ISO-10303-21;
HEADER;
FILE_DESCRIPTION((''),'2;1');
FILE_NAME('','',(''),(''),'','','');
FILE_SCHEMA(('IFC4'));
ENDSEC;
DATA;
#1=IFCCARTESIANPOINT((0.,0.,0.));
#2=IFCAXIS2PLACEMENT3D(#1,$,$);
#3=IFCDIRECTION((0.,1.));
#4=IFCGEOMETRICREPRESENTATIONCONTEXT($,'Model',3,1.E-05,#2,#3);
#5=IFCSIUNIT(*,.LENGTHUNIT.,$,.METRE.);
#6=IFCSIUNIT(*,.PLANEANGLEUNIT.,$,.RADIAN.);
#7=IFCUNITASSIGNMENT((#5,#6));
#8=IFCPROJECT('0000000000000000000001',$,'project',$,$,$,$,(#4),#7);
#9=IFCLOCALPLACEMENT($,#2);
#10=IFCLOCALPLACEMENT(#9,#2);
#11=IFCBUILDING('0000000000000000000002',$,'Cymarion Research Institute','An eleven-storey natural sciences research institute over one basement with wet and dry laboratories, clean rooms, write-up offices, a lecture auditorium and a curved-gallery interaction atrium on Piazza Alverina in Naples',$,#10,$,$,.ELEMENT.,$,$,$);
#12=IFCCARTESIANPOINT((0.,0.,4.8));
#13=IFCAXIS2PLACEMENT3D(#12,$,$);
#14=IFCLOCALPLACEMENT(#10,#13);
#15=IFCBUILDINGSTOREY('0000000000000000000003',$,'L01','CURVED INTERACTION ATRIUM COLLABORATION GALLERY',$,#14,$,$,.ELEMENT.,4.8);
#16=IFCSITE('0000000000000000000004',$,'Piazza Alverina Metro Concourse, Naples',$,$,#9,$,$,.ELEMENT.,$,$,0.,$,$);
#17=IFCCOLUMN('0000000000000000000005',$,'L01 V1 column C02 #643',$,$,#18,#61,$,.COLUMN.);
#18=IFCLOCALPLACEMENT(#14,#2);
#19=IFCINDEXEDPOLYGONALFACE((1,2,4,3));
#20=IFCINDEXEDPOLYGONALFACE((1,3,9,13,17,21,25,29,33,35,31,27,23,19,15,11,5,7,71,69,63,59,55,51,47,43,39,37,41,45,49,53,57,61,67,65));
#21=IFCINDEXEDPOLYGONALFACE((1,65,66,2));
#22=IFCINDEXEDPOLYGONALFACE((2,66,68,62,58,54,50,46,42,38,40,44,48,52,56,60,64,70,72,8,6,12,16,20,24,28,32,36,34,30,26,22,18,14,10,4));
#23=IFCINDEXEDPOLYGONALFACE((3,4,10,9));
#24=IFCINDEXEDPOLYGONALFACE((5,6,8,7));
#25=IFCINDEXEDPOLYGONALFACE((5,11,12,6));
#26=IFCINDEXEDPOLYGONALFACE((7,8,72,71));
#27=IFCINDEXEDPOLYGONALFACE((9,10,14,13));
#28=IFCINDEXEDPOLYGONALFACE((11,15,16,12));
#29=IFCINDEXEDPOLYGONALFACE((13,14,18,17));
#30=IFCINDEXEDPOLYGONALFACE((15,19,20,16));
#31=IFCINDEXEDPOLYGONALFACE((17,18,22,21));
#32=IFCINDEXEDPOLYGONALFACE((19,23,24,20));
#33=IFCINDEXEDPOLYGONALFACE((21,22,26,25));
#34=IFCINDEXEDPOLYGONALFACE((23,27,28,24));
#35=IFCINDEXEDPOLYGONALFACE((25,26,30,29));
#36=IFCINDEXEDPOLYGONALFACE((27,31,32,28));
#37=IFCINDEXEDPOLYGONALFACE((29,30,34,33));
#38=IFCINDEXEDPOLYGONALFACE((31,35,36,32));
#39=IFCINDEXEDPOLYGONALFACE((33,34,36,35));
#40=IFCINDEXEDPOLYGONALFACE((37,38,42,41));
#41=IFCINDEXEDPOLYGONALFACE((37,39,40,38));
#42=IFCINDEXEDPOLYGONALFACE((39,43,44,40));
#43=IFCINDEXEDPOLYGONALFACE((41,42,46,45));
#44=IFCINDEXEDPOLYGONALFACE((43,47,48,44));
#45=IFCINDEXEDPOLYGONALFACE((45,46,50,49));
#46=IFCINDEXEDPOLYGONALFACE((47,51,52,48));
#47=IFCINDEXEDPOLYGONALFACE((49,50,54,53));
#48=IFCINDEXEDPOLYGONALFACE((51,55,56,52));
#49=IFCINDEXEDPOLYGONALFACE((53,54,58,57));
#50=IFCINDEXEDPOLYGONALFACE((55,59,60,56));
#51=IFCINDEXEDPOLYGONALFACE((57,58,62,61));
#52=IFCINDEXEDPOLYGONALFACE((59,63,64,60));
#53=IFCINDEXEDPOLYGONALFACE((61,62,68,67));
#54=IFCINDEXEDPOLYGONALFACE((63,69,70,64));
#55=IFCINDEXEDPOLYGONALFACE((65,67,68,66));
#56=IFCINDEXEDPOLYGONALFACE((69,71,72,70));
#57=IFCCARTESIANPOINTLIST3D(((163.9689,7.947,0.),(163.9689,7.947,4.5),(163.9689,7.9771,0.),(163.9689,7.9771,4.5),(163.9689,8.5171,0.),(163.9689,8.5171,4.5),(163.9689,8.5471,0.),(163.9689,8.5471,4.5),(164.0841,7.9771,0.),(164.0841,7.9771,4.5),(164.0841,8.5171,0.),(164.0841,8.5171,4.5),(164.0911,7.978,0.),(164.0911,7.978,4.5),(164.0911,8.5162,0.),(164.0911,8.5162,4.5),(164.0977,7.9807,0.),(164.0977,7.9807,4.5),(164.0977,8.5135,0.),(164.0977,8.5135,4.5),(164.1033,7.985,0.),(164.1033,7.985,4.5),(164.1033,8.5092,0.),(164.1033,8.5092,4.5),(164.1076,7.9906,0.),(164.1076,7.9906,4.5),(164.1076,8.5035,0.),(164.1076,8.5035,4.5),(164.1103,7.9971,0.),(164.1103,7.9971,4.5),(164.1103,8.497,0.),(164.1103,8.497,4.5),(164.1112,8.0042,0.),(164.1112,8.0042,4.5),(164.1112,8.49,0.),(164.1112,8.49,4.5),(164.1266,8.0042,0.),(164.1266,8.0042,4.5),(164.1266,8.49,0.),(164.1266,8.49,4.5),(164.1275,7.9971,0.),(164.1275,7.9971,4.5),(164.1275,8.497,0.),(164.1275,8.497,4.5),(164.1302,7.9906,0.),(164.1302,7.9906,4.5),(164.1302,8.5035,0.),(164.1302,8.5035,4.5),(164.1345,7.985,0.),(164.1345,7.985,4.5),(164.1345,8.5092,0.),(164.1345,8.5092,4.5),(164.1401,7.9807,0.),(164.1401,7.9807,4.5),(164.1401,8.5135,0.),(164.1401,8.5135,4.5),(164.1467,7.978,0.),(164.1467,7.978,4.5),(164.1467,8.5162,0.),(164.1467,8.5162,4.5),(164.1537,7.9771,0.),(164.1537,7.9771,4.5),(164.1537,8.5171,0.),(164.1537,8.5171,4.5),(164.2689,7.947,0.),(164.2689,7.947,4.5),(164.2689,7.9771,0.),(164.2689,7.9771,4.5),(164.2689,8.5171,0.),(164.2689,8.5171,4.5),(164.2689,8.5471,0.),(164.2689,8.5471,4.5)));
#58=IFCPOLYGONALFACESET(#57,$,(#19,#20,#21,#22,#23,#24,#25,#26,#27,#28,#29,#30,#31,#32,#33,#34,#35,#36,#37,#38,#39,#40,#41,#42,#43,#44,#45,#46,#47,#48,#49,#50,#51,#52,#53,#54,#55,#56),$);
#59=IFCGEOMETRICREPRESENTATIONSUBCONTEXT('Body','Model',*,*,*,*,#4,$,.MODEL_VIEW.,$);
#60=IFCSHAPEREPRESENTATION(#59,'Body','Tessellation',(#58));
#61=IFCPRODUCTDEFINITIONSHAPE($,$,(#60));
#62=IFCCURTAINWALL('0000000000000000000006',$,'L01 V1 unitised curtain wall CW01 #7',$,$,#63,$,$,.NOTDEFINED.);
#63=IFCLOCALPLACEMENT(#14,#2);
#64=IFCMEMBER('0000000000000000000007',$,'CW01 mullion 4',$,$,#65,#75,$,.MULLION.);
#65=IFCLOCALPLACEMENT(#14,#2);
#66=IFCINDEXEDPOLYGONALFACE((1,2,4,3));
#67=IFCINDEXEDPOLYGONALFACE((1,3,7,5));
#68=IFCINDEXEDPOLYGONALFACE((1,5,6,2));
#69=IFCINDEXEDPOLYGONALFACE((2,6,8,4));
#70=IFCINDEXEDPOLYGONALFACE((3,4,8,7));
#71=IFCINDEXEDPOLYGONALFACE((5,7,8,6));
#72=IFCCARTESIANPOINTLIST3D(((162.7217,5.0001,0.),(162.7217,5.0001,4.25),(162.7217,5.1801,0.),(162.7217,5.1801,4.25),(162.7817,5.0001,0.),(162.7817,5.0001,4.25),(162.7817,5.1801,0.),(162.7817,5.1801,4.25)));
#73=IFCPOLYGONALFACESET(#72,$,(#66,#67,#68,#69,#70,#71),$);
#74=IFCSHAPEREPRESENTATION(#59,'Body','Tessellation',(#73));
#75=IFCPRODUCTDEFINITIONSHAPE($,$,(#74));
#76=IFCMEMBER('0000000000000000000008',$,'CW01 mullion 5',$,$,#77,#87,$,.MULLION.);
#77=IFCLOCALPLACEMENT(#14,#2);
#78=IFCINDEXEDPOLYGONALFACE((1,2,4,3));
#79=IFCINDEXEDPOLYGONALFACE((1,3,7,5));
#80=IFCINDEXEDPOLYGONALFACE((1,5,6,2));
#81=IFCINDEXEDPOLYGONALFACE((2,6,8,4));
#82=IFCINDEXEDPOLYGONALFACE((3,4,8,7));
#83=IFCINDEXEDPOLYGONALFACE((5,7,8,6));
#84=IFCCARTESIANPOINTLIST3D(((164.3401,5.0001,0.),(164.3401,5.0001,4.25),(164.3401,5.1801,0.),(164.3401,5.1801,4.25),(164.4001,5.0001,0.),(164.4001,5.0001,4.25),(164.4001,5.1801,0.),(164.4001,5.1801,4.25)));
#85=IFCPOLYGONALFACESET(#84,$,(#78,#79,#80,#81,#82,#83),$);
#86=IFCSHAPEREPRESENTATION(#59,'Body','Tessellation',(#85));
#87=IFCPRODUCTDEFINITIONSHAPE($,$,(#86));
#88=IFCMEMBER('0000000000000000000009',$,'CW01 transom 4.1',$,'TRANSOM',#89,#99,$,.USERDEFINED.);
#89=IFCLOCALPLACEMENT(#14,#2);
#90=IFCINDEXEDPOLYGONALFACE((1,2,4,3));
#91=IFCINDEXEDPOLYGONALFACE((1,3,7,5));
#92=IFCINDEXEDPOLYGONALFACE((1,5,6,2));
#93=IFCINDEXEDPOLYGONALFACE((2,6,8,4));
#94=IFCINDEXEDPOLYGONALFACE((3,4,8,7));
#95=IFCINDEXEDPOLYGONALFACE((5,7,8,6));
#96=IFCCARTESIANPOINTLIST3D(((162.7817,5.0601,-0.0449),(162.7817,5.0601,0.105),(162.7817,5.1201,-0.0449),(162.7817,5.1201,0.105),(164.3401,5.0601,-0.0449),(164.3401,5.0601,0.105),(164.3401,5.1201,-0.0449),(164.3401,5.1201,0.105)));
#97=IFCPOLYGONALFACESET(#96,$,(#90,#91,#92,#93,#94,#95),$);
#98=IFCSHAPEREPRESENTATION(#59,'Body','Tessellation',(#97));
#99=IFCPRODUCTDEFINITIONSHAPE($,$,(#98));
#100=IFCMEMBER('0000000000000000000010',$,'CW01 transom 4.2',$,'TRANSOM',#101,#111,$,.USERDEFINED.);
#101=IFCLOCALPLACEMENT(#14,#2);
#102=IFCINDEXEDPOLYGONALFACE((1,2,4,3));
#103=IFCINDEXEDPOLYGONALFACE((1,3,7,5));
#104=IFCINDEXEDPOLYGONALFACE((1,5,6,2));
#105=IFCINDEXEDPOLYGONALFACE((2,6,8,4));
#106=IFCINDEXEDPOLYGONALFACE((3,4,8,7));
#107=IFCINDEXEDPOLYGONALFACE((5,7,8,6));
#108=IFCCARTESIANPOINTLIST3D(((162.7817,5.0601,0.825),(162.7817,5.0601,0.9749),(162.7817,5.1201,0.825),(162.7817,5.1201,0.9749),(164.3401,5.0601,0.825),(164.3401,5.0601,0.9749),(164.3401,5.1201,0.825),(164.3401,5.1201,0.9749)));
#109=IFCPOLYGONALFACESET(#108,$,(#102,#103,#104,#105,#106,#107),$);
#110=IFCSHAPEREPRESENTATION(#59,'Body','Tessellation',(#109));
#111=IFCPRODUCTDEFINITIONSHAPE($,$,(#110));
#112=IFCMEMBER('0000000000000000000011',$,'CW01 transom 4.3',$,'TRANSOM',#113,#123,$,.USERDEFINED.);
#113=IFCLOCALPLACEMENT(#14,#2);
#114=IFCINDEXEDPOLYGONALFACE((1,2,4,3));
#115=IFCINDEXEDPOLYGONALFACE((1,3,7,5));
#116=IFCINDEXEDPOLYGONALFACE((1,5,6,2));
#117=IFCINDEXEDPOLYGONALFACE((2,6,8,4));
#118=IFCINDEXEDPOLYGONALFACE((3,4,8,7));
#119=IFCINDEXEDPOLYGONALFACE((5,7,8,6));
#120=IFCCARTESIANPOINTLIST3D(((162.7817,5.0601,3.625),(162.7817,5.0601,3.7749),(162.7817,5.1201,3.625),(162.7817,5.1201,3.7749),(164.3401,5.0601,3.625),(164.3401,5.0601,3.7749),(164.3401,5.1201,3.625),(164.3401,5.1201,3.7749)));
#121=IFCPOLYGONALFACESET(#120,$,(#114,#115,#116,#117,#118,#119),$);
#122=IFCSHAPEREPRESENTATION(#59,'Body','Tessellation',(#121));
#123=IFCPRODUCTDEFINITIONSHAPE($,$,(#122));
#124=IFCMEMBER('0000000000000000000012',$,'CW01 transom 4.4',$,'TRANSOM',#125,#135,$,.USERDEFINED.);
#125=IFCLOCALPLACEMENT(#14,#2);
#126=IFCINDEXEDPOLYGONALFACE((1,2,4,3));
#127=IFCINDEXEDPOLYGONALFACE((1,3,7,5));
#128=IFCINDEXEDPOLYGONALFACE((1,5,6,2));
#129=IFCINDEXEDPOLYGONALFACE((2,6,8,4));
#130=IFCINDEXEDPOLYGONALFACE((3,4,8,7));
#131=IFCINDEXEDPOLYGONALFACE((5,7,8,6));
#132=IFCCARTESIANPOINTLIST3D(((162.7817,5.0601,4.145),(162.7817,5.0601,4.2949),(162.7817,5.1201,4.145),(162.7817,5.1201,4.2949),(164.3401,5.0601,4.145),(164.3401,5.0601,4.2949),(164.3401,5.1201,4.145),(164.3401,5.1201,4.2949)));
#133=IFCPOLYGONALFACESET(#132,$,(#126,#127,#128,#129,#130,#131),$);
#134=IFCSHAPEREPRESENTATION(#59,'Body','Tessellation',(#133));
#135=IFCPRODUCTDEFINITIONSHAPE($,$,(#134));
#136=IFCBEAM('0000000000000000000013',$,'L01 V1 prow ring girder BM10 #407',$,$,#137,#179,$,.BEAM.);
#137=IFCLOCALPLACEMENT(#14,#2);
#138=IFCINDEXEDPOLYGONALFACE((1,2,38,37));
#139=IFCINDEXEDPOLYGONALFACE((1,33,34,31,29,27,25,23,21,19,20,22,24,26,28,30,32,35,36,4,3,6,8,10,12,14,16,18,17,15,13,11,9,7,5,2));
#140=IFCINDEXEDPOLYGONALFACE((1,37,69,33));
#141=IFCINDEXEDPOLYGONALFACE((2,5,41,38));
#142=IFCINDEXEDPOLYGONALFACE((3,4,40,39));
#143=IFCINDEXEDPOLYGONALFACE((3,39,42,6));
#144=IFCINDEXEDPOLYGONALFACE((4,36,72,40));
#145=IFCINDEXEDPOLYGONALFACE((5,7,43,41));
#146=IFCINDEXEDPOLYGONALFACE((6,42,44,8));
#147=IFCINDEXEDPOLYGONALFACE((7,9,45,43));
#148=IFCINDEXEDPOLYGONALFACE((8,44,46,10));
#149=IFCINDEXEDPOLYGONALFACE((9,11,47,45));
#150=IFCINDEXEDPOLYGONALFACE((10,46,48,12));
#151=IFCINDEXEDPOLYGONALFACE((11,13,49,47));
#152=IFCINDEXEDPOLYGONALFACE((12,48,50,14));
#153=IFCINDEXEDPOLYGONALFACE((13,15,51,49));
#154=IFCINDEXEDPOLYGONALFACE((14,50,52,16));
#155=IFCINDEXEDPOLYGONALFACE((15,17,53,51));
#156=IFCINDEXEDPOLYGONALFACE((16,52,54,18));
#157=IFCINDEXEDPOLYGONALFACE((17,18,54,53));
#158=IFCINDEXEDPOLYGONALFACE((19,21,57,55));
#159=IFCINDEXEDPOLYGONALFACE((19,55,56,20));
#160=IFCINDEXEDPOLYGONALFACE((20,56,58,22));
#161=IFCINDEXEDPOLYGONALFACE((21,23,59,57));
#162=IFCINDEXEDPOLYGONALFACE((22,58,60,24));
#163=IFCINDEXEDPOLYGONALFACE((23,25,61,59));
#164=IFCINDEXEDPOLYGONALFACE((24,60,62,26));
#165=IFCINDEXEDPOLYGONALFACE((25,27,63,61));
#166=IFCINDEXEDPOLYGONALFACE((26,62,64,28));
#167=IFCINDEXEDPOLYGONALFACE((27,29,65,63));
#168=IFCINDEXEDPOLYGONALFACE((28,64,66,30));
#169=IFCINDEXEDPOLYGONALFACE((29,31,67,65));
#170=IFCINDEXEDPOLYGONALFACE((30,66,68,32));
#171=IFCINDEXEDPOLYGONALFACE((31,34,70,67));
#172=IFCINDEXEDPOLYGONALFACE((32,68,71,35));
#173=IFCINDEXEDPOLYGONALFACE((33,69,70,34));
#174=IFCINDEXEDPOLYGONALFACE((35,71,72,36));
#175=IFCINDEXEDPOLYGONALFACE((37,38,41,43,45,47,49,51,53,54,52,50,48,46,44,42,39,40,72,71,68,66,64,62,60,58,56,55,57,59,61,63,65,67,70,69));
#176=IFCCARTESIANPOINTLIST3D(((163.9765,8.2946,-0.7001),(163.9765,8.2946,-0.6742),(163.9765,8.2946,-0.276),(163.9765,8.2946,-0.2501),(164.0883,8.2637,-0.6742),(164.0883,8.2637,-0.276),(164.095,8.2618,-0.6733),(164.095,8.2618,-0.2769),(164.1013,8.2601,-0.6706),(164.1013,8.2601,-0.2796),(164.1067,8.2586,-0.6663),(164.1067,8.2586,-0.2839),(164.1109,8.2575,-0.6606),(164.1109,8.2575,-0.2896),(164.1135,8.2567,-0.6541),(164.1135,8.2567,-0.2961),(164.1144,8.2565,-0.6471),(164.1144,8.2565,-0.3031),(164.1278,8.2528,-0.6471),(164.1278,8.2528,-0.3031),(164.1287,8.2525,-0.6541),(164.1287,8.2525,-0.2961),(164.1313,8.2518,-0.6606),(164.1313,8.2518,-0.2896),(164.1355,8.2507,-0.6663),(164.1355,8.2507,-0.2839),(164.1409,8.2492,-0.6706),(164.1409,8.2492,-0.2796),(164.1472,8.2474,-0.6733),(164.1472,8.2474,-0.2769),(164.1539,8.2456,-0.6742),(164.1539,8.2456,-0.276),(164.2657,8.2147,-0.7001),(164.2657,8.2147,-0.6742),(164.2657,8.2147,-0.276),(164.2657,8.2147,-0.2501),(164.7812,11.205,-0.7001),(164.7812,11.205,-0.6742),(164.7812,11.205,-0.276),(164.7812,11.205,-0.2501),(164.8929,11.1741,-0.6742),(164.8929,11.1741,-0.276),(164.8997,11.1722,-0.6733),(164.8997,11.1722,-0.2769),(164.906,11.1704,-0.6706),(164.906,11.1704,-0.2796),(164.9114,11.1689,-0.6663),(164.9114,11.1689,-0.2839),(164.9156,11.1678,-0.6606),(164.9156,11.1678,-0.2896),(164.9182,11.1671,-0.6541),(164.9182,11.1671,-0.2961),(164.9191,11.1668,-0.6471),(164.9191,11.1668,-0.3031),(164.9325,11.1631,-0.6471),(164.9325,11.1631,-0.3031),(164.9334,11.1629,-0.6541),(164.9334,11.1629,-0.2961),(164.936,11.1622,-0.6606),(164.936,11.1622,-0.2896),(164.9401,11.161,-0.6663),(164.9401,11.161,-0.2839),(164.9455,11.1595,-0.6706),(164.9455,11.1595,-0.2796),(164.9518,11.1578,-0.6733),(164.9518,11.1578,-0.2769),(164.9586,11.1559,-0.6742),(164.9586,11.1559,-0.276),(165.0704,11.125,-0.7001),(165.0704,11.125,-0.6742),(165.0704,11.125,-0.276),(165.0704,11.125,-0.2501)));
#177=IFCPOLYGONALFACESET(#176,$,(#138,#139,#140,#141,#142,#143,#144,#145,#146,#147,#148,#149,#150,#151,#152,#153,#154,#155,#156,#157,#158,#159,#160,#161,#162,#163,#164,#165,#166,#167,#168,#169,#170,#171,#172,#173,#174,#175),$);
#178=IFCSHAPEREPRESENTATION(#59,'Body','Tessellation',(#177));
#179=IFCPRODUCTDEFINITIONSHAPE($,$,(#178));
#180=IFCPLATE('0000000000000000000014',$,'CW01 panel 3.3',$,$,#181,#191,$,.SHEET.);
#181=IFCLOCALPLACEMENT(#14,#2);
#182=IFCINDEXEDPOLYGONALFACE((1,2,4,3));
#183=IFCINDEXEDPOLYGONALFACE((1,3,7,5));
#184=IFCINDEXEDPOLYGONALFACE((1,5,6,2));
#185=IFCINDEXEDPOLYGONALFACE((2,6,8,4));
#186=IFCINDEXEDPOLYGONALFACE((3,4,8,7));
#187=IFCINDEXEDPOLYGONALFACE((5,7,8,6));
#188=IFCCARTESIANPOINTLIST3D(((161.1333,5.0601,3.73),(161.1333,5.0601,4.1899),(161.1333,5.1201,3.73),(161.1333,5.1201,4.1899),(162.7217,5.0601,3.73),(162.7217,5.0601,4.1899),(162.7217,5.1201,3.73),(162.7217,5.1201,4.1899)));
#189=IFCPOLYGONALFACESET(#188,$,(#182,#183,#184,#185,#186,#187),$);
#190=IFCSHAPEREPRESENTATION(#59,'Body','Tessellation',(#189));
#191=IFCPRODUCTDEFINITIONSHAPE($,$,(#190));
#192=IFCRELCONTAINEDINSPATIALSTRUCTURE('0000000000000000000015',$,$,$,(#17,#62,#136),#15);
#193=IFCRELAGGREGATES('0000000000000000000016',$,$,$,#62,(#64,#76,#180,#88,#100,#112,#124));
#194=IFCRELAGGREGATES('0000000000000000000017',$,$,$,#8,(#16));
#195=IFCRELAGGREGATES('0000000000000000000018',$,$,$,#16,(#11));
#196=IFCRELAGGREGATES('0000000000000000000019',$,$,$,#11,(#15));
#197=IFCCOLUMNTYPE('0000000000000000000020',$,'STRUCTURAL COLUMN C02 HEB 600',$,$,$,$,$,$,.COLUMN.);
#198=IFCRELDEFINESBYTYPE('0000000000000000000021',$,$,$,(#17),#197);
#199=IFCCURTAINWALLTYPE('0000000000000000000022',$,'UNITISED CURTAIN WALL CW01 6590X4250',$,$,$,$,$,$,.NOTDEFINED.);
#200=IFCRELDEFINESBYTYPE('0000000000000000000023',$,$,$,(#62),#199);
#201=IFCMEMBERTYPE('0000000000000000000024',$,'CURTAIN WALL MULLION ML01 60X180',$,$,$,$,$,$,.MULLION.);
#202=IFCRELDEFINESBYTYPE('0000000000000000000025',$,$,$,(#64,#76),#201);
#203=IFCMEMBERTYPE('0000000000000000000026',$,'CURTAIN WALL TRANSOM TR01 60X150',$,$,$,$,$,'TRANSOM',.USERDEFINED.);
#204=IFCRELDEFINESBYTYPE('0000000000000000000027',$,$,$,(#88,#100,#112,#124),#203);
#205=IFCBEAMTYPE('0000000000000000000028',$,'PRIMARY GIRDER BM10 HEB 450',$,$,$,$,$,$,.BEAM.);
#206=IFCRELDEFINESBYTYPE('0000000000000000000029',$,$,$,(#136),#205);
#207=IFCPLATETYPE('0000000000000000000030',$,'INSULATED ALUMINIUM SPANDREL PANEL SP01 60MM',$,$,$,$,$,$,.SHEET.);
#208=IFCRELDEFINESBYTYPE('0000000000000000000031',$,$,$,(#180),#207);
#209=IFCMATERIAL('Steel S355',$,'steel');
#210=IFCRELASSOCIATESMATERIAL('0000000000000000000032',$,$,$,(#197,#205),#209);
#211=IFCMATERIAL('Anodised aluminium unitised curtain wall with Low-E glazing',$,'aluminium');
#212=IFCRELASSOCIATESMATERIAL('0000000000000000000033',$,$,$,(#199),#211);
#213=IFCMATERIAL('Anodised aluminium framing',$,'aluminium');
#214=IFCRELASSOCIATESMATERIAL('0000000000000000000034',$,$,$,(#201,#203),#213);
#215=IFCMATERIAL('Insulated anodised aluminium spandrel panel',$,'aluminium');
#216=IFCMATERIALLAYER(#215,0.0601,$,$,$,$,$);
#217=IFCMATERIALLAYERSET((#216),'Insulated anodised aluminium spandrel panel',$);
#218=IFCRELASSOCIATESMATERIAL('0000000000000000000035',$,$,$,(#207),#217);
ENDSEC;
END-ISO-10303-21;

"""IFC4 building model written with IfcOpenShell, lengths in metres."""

from ifc_helpers import new_model, si_unit, direction, frame, origin, origin_2d, place, context, subcontext, project, spatial, rectangle, i_section, extrude, material, layer, layer_set, material_profile, profile_set, type_object, element, aggregate, save


model = new_model("IFC4")

# Units and contexts
model_context = context("Model", 3, precision=1e-05, world=origin(), true_north=direction((0.0, 1.0)))
body_context = subcontext(model_context, "Body", "Model", "MODEL_VIEW")
ifc_project = project(units=[si_unit("LENGTHUNIT", "METRE"), si_unit("PLANEANGLEUNIT", "RADIAN")], contexts=[model_context])

# Site, building, storey
site_placement = place(None, origin())
site = spatial("IfcSite", under=ifc_project, at=site_placement, Name="Piazza Alverina Metro Concourse, Naples", CompositionType="ELEMENT", RefElevation=0.0)
building_placement = place(site_placement, origin())
building = spatial("IfcBuilding", under=site, at=building_placement, Name="Cymarion Research Institute", Description="An eleven-storey natural sciences research institute over one basement with wet and dry laboratories, clean rooms, write-up offices, a lecture auditorium and a curved-gallery interaction atrium on Piazza Alverina in Naples", CompositionType="ELEMENT")
storey_placement = place(building_placement, frame((0.0, 0.0, 4.8)))
storey = spatial("IfcBuildingStorey", under=building, at=storey_placement, Name="L01", Description="CURVED INTERACTION ATRIUM COLLABORATION GALLERY", CompositionType="ELEMENT", Elevation=4.8)

# Column
ifc_material_1 = material(Name="Steel S355", Category="steel")
ifc_material_profile_1 = material_profile(ifc_material_1, i_section(OverallWidth=0.3, OverallDepth=0.6001, WebThickness=0.0154, FlangeThickness=0.03, FilletRadius=0.0271, at=origin_2d()), Name="HEB 600")
ifc_profile_set_1 = profile_set([ifc_material_profile_1], Name="Steel S355")
column_type = type_object("IfcColumnType", Name="STRUCTURAL COLUMN C02 HEB 600", PredefinedType="COLUMN", material=ifc_profile_set_1)
column_placement = place(storey_placement, frame((164.1189, 8.2471, 0.0), z_axis=(0.0, 0.0, 1.0), x_axis=(1.0, 0.0, 0.0)))
element("IfcColumn", 1, at=column_placement, inside=storey, type_object=column_type, Name="L01 V1 column C02 #643", PredefinedType="COLUMN", context=body_context, shape_type="SweptSolid", body=[
    extrude(i_section(OverallWidth=0.3, OverallDepth=0.6001, WebThickness=0.0154, FlangeThickness=0.03, FilletRadius=0.0271, at=origin_2d()), origin(), (0.0, 0.0, 1.0), 4.5),
])

# Curtain wall, members
ifc_material_2 = material(Name="Anodised aluminium unitised curtain wall with Low-E glazing", Category="aluminium")
curtain_wall_type = type_object("IfcCurtainWallType", Name="UNITISED CURTAIN WALL CW01 6590X4250", PredefinedType="NOTDEFINED", material=ifc_material_2)
curtain_wall_placement = place(storey_placement, origin())
curtain_wall = element("IfcCurtainWall", 2, at=curtain_wall_placement, inside=storey, type_object=curtain_wall_type, Name="L01 V1 unitised curtain wall CW01 #7", PredefinedType="NOTDEFINED")
ifc_material_3 = material(Name="Anodised aluminium framing", Category="aluminium")
ifc_material_profile_2 = material_profile(ifc_material_3, rectangle(XDim=0.0601, YDim=0.1799, at=origin_2d()), Name="ALU MULLION 60x180")
ifc_profile_set_2 = profile_set([ifc_material_profile_2], Name="Anodised aluminium framing")
member_type_1 = type_object("IfcMemberType", Name="CURTAIN WALL MULLION ML01 60X180", PredefinedType="MULLION", material=ifc_profile_set_2)
member_1_placement = place(storey_placement, frame((162.7517, 5.0901, 0.0), z_axis=(0.0, 0.0, 1.0), x_axis=(1.0, 0.0, 0.0)))
member_1 = element("IfcMember", 3, at=member_1_placement, type_object=member_type_1, Name="CW01 mullion 4", PredefinedType="MULLION", context=body_context, shape_type="SweptSolid", body=[
    extrude(rectangle(XDim=0.0601, YDim=0.1799, at=origin_2d()), origin(), (0.0, 0.0, 1.0), 4.25),
])
member_2_placement = place(storey_placement, frame((164.3701, 5.0901, 0.0), z_axis=(0.0, 0.0, 1.0), x_axis=(1.0, 0.0, 0.0)))
member_2 = element("IfcMember", 4, at=member_2_placement, type_object=member_type_1, Name="CW01 mullion 5", PredefinedType="MULLION", context=body_context, shape_type="SweptSolid", body=[
    extrude(rectangle(XDim=0.0601, YDim=0.1799, at=origin_2d()), origin(), (0.0, 0.0, 1.0), 4.25),
])
ifc_material_profile_3 = material_profile(ifc_material_3, rectangle(XDim=0.0601, YDim=0.1499, at=origin_2d()), Name="ALU TRANSOM 60x150")
ifc_profile_set_3 = profile_set([ifc_material_profile_3], Name="Anodised aluminium framing")
member_type_2 = type_object("IfcMemberType", Name="CURTAIN WALL TRANSOM TR01 60X150", ElementType="TRANSOM", PredefinedType="USERDEFINED", material=ifc_profile_set_3)
member_3_placement = place(storey_placement, frame((162.7817, 5.0901, 0.03), z_axis=(1.0, 0.0, 0.0), x_axis=(0.0, 1.0, 0.0)))
member_3 = element("IfcMember", 5, at=member_3_placement, type_object=member_type_2, Name="CW01 transom 4.1", ObjectType="TRANSOM", PredefinedType="USERDEFINED", context=body_context, shape_type="SweptSolid", body=[
    extrude(rectangle(XDim=0.0601, YDim=0.1499, at=origin_2d()), origin(), (0.0, 0.0, 1.0), 1.5583),
])
member_4_placement = place(storey_placement, frame((162.7817, 5.0901, 0.8999), z_axis=(1.0, 0.0, 0.0), x_axis=(0.0, 1.0, 0.0)))
member_4 = element("IfcMember", 6, at=member_4_placement, type_object=member_type_2, Name="CW01 transom 4.2", ObjectType="TRANSOM", PredefinedType="USERDEFINED", context=body_context, shape_type="SweptSolid", body=[
    extrude(rectangle(XDim=0.0601, YDim=0.1499, at=origin_2d()), origin(), (0.0, 0.0, 1.0), 1.5583),
])
member_5_placement = place(storey_placement, frame((162.7817, 5.0901, 3.7), z_axis=(1.0, 0.0, 0.0), x_axis=(0.0, 1.0, 0.0)))
member_5 = element("IfcMember", 7, at=member_5_placement, type_object=member_type_2, Name="CW01 transom 4.3", ObjectType="TRANSOM", PredefinedType="USERDEFINED", context=body_context, shape_type="SweptSolid", body=[
    extrude(rectangle(XDim=0.0601, YDim=0.1499, at=origin_2d()), origin(), (0.0, 0.0, 1.0), 1.5583),
])
member_6_placement = place(storey_placement, frame((162.7817, 5.0901, 4.22), z_axis=(1.0, 0.0, 0.0), x_axis=(0.0, 1.0, 0.0)))
member_6 = element("IfcMember", 8, at=member_6_placement, type_object=member_type_2, Name="CW01 transom 4.4", ObjectType="TRANSOM", PredefinedType="USERDEFINED", context=body_context, shape_type="SweptSolid", body=[
    extrude(rectangle(XDim=0.0601, YDim=0.1499, at=origin_2d()), origin(), (0.0, 0.0, 1.0), 1.5583),
])

# Beam
ifc_material_profile_4 = material_profile(ifc_material_1, i_section(OverallWidth=0.3, OverallDepth=0.45, WebThickness=0.0139, FlangeThickness=0.0259, FilletRadius=0.0271, at=origin_2d()), Name="HEB 450")
ifc_profile_set_4 = profile_set([ifc_material_profile_4], Name="Steel S355")
beam_type = type_object("IfcBeamType", Name="PRIMARY GIRDER BM10 HEB 450", PredefinedType="BEAM", material=ifc_profile_set_4)
beam_placement = place(storey_placement, frame((164.1211, 8.2546, -0.4751), z_axis=(0.266489, 0.963838, 0.0), x_axis=(-0.963838, 0.266489, 0.0)))
element("IfcBeam", 9, at=beam_placement, inside=storey, type_object=beam_type, Name="L01 V1 prow ring girder BM10 #407", PredefinedType="BEAM", context=body_context, shape_type="SweptSolid", body=[
    extrude(i_section(OverallWidth=0.3, OverallDepth=0.45, WebThickness=0.0139, FlangeThickness=0.0259, FilletRadius=0.0271, at=origin_2d()), origin(), (0.0, 0.0, 1.0), 3.0195),
])

# Plate
ifc_material_4 = material(Name="Insulated anodised aluminium spandrel panel", Category="aluminium")
ifc_layer_1 = layer(ifc_material_4, 0.0601)
ifc_layer_set_1 = layer_set([ifc_layer_1], Name="Insulated anodised aluminium spandrel panel")
plate_type_1 = type_object("IfcPlateType", Name="INSULATED ALUMINIUM SPANDREL PANEL SP01 60MM", PredefinedType="SHEET", material=ifc_layer_set_1)
plate_1_placement = place(storey_placement, frame((161.9275, 5.0901, 3.73), z_axis=(0.0, 0.0, 1.0), x_axis=(1.0, 0.0, 0.0)))
plate_1 = element("IfcPlate", 10, at=plate_1_placement, type_object=plate_type_1, Name="CW01 panel 3.3", PredefinedType="SHEET", context=body_context, shape_type="SweptSolid", body=[
    extrude(rectangle(XDim=1.5884, YDim=0.0601, at=origin_2d()), origin(), (0.0, 0.0, 1.0), 0.46),
])
aggregate(curtain_wall, [member_1, member_2, plate_1, member_3, member_4, member_5, member_6])

save(model, "model.ifc")
